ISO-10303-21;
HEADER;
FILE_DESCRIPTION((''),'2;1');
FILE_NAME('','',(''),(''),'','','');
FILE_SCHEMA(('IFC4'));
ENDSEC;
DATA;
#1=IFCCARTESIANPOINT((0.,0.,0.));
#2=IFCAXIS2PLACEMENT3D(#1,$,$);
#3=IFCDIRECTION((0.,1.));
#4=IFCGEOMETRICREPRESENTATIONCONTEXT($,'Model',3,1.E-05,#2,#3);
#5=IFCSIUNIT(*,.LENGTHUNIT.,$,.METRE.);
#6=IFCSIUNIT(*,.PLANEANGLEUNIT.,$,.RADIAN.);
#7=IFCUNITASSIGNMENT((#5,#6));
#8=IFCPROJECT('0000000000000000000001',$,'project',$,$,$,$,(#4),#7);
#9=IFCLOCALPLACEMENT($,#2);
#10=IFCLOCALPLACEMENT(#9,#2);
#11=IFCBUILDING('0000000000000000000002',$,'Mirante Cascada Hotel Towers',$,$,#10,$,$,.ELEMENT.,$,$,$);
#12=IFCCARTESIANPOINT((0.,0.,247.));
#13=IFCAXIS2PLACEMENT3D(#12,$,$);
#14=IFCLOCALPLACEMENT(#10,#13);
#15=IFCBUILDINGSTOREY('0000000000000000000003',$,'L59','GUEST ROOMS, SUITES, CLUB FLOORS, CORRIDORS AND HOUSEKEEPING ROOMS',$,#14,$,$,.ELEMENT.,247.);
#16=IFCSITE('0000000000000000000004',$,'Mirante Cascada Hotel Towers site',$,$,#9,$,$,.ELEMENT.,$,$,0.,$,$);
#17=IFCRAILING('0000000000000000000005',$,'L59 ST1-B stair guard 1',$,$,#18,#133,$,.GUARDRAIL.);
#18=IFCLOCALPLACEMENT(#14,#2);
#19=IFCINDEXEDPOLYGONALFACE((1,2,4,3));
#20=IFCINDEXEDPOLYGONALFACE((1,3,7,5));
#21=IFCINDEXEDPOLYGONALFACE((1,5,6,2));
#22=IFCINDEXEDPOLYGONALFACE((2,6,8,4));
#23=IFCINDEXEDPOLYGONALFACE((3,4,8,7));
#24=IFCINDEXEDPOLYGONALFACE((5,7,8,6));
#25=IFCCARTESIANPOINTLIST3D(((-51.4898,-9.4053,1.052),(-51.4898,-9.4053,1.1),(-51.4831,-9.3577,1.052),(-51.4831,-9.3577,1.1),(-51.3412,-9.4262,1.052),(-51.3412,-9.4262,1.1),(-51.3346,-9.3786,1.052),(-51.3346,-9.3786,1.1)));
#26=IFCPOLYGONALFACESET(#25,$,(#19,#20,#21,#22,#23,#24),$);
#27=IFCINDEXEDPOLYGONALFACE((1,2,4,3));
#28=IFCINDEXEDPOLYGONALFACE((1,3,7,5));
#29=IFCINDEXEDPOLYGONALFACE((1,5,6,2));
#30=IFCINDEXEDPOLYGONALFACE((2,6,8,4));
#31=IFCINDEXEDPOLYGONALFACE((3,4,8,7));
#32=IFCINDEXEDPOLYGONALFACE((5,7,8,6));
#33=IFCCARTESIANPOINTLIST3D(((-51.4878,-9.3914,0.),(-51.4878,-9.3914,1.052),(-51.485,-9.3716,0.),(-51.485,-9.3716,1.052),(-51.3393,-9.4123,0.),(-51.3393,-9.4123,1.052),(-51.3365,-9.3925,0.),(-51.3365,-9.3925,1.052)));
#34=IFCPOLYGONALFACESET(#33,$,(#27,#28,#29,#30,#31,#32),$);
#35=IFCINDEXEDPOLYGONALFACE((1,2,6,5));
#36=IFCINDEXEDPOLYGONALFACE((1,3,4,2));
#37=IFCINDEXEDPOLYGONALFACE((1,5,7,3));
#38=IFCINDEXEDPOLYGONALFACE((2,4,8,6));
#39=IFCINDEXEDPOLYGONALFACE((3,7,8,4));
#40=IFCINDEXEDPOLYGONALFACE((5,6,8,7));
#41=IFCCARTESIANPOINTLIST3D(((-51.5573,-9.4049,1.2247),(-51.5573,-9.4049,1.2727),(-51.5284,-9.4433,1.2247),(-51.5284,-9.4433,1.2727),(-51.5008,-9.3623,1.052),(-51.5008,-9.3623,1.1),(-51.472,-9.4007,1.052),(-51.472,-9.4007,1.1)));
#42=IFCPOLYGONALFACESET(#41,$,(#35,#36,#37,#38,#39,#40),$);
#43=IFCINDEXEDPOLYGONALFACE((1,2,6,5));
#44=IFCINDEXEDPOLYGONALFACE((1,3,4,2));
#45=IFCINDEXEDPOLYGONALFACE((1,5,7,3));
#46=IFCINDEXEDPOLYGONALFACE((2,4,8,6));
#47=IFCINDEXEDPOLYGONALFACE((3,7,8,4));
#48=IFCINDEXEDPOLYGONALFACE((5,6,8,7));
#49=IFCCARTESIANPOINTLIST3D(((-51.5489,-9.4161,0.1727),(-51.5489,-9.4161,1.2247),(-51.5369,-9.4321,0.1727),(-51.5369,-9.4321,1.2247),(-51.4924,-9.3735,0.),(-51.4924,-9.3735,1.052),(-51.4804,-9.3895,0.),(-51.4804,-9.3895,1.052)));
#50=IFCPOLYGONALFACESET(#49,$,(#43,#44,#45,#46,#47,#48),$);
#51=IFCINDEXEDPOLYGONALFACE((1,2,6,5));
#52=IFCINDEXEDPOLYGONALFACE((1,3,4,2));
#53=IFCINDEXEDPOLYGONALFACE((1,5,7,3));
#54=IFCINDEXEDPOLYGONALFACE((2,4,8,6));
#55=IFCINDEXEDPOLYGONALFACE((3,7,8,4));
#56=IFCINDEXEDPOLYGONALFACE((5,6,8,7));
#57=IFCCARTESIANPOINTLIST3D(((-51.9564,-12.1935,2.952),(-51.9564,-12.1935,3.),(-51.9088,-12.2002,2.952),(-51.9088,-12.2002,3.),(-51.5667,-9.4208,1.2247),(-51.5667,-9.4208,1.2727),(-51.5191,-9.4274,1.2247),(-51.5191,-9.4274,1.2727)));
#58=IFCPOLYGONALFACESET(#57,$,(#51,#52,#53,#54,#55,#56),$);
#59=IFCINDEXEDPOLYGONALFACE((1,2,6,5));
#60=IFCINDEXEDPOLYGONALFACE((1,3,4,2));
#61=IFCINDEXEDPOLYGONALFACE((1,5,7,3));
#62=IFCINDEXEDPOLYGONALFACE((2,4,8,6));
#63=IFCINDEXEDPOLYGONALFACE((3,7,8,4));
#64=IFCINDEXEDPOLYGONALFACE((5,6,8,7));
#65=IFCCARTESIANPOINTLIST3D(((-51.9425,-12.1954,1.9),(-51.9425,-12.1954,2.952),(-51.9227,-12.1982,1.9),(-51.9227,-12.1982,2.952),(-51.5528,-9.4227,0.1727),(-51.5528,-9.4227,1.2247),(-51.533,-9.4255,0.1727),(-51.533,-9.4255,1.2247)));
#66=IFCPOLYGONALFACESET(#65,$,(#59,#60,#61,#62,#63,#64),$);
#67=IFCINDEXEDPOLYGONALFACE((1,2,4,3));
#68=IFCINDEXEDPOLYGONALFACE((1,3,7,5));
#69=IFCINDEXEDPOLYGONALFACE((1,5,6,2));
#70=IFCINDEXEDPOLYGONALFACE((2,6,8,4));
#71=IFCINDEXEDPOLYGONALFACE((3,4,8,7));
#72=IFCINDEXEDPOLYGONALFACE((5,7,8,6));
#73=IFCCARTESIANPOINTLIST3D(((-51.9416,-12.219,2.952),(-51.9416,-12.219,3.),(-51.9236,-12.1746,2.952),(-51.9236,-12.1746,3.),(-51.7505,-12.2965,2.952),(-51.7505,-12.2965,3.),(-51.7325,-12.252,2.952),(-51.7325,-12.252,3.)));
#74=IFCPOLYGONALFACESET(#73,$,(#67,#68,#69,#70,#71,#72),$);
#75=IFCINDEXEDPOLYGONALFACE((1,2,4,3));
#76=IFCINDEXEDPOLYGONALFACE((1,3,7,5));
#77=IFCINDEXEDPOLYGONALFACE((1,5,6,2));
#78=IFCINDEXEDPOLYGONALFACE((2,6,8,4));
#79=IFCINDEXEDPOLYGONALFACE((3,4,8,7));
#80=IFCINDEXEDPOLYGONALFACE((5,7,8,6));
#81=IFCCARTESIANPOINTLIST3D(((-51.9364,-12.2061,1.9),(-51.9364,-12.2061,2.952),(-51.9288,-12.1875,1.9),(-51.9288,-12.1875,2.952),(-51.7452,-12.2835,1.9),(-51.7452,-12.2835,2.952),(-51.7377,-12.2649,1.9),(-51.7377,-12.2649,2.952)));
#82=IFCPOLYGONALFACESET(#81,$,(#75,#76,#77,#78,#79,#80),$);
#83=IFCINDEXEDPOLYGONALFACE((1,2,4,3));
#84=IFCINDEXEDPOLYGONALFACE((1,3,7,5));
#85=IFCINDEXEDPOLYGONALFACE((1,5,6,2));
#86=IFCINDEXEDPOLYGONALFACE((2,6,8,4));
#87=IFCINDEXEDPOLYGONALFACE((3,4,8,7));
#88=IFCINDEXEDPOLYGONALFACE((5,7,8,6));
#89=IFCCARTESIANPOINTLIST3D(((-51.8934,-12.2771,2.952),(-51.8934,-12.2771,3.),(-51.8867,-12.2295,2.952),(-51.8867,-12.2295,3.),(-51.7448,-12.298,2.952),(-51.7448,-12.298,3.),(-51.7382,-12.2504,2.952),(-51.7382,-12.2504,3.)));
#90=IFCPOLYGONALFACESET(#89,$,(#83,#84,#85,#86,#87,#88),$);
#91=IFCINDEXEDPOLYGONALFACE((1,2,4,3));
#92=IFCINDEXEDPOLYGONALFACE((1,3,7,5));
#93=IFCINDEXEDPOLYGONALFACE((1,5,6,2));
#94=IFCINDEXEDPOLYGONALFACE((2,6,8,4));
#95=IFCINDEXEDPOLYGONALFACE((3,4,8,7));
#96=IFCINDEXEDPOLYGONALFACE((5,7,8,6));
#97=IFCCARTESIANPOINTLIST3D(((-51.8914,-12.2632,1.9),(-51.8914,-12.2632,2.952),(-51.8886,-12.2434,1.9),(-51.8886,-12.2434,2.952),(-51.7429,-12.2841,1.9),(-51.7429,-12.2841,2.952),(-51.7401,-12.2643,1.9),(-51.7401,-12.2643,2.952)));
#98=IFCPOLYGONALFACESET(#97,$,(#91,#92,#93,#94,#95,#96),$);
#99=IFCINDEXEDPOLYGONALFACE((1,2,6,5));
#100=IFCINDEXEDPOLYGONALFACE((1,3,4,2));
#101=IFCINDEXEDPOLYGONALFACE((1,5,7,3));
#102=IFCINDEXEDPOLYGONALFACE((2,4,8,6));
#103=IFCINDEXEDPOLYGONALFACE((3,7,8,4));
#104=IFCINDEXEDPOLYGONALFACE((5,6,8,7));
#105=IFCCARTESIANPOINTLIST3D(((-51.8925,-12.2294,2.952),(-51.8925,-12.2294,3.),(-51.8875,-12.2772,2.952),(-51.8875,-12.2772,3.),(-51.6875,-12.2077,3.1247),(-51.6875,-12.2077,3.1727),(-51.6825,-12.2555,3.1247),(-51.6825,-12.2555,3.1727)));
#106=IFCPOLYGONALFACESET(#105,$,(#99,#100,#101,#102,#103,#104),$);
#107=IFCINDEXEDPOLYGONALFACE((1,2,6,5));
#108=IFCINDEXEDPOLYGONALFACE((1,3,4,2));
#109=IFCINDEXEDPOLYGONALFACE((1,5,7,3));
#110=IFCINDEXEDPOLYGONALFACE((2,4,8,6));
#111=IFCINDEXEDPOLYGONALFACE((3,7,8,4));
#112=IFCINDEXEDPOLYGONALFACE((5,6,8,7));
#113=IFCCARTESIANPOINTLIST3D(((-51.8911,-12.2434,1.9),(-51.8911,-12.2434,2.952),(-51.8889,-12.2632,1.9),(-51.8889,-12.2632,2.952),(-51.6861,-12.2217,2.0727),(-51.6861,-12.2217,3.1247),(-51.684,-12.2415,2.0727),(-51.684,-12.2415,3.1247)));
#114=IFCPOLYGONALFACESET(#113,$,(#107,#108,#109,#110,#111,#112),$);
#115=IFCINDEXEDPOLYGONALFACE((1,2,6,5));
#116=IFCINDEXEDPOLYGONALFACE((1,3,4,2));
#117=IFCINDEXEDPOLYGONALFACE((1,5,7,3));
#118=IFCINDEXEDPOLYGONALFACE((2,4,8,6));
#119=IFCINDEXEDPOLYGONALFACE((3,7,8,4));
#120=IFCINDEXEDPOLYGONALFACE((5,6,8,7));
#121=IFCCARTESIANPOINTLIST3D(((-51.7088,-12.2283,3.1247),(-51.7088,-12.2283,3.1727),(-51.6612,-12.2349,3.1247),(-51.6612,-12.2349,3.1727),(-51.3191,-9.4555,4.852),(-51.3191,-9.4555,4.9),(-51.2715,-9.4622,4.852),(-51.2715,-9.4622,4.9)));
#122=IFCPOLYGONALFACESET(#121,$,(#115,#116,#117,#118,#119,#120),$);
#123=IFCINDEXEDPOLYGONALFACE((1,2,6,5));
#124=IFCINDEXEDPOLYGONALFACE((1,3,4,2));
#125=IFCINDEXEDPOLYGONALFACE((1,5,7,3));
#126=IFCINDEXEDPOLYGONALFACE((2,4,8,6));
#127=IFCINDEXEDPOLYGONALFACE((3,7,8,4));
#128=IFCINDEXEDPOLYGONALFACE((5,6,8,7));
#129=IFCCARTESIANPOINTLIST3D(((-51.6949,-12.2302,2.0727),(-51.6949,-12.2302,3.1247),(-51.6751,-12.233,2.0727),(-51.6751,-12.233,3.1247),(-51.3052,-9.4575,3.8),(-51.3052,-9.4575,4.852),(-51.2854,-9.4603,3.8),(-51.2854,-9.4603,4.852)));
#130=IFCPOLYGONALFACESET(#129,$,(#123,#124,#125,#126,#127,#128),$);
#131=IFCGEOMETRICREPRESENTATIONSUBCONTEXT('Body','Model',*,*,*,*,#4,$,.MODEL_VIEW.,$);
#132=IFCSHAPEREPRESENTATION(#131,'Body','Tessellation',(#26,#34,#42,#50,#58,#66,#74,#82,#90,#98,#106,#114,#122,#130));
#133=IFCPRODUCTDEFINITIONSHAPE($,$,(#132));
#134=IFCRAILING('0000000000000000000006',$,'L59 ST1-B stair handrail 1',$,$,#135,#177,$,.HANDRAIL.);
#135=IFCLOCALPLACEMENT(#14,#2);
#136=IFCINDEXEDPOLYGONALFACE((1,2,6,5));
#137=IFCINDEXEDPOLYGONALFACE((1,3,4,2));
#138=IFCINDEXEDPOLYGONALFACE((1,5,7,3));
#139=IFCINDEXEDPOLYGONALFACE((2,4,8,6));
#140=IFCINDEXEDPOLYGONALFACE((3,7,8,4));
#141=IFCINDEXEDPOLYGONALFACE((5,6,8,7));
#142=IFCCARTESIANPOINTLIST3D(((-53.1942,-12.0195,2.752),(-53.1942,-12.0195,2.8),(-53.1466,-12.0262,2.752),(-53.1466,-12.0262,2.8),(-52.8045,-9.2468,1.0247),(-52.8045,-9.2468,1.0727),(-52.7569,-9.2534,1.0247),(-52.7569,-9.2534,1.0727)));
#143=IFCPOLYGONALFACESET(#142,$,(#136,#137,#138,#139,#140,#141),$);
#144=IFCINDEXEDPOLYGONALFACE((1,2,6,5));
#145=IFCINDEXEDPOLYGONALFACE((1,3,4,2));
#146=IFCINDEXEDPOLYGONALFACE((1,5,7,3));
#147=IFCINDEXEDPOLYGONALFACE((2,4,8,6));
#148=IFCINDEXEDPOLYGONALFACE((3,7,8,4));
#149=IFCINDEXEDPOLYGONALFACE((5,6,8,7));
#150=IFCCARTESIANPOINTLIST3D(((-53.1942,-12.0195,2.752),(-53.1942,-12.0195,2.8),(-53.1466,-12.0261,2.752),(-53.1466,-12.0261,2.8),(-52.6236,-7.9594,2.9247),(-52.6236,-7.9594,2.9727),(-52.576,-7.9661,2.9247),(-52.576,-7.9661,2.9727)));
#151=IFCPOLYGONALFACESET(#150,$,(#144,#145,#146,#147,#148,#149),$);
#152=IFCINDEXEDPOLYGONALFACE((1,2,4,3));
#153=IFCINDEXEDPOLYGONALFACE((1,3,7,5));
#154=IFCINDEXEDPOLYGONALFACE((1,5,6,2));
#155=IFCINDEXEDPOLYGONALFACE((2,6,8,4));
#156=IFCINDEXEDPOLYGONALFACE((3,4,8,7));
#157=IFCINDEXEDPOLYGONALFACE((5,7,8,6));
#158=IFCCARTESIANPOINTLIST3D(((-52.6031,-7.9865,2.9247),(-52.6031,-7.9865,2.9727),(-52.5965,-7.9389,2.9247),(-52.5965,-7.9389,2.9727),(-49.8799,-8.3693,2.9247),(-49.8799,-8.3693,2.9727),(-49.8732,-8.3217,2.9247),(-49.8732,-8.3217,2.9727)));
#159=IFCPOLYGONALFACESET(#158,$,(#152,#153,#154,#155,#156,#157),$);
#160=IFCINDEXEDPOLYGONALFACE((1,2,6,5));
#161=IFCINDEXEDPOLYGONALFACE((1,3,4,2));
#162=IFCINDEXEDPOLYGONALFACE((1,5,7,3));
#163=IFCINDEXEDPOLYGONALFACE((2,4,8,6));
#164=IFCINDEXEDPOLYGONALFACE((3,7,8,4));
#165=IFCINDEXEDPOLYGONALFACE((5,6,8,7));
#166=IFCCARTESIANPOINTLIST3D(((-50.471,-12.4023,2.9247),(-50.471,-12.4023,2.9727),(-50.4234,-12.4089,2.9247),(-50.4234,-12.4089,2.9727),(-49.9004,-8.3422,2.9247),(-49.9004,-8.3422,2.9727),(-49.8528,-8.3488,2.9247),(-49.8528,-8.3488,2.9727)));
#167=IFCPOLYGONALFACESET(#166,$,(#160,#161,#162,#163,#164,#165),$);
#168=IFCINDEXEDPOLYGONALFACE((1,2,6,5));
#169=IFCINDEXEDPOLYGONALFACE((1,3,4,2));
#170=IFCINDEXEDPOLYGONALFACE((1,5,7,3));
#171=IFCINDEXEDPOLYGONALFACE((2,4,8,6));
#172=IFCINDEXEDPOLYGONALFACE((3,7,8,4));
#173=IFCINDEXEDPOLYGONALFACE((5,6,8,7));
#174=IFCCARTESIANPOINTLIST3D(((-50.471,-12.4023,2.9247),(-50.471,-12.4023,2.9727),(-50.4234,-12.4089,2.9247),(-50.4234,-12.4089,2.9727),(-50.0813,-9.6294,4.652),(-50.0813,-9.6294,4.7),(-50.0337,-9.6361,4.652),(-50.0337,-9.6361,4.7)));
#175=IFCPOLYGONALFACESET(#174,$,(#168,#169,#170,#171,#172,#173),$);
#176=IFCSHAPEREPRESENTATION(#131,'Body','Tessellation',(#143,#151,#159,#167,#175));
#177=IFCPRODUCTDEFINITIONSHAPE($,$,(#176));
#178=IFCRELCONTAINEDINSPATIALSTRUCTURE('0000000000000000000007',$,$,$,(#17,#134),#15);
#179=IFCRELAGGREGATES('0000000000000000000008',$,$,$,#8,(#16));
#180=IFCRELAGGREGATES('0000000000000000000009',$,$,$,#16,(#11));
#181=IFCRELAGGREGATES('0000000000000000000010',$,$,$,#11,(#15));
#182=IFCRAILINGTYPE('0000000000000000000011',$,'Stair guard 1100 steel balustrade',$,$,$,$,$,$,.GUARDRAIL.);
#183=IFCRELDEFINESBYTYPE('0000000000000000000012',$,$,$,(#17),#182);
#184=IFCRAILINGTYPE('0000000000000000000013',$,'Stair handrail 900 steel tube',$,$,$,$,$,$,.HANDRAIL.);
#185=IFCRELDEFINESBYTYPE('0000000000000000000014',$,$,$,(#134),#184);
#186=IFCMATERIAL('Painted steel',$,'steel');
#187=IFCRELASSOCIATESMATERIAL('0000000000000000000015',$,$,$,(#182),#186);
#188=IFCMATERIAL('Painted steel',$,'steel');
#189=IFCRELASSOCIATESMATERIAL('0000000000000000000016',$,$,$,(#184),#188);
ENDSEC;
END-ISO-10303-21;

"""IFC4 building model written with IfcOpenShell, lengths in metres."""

from ifc_helpers import new_model, si_unit, direction, frame, origin, origin_2d, place, context, subcontext, project, spatial, rectangle, extrude, material, type_object, element, save


model = new_model("IFC4")

# Units and contexts
model_context = context("Model", 3, precision=1e-05, world=origin(), true_north=direction((0.0, 1.0)))
body_context = subcontext(model_context, "Body", "Model", "MODEL_VIEW")
ifc_project = project(units=[si_unit("LENGTHUNIT", "METRE"), si_unit("PLANEANGLEUNIT", "RADIAN")], contexts=[model_context])

# Site, building, storey
site_placement = place(None, origin())
site = spatial("IfcSite", under=ifc_project, at=site_placement, Name="Mirante Cascada Hotel Towers site", CompositionType="ELEMENT", RefElevation=0.0)
building_placement = place(site_placement, origin())
building = spatial("IfcBuilding", under=site, at=building_placement, Name="Mirante Cascada Hotel Towers", CompositionType="ELEMENT")
storey_placement = place(building_placement, frame((0.0, 0.0, 247.0)))
storey = spatial("IfcBuildingStorey", under=building, at=storey_placement, Name="L59", Description="GUEST ROOMS, SUITES, CLUB FLOORS, CORRIDORS AND HOUSEKEEPING ROOMS", CompositionType="ELEMENT", Elevation=247.0)

# Railings
ifc_material_1 = material(Name="Painted steel", Category="steel")
railing_type_1 = type_object("IfcRailingType", Name="Stair guard 1100 steel balustrade", PredefinedType="GUARDRAIL", material=ifc_material_1)
railing_1_placement = place(storey_placement, frame((-51.3379, -9.4024, 0.0)))
element("IfcRailing", 1, at=railing_1_placement, inside=storey, type_object=railing_type_1, Name="L59 ST1-B stair guard 1", PredefinedType="GUARDRAIL", context=body_context, shape_type="SweptSolid", body=[
    extrude(rectangle(XDim=0.048, YDim=0.048, at=origin_2d()), frame((0.0, 0.0, 1.076), z_axis=(-0.990241, 0.139367, 0.0), x_axis=(-0.139367, -0.990241, 0.0)), (0.0, 0.0, 1.0), 0.15),
    extrude(rectangle(XDim=0.02, YDim=1.052, at=origin_2d()), frame((0.0, 0.0, 0.526), z_axis=(-0.990241, 0.139367, 0.0), x_axis=(-0.139367, -0.990241, 0.0)), (0.0, 0.0, 1.0), 0.15),
    extrude(rectangle(XDim=0.048, YDim=0.048, at=origin_2d()), frame((-0.1485, 0.0209, 1.076), z_axis=(-0.798471, -0.602033, 0.0), x_axis=(0.602033, -0.798471, 0.0)), (0.0, 0.92534, 0.379139), 0.1866),
    extrude(rectangle(XDim=0.02, YDim=1.052, at=origin_2d()), frame((-0.1485, 0.0209, 0.526), z_axis=(-0.798471, -0.602033, 0.0), x_axis=(0.602033, -0.798471, 0.0)), (0.0, 0.92534, 0.379139), 0.1866),
    extrude(rectangle(XDim=0.048, YDim=0.048, at=origin_2d()), frame((-0.205, -0.0217, 1.2487), z_axis=(-0.139181, -0.990267, 0.0), x_axis=(0.990267, -0.139181, 0.0)), (0.0, 0.525035, 0.851081), 3.2899),
    extrude(rectangle(XDim=0.02, YDim=1.052, at=origin_2d()), frame((-0.205, -0.0217, 0.6987), z_axis=(-0.139181, -0.990267, 0.0), x_axis=(0.990267, -0.139181, 0.0)), (0.0, 0.525035, 0.851081), 3.2899),
    extrude(rectangle(XDim=0.048, YDim=0.048, at=origin_2d()), frame((-0.5947, -2.7944, 2.976), z_axis=(0.926862, -0.375401, 0.0), x_axis=(0.375401, 0.926862, 0.0)), (0.0, 0.0, 1.0), 0.2062),
    extrude(rectangle(XDim=0.02, YDim=1.052, at=origin_2d()), frame((-0.5947, -2.7944, 2.426), z_axis=(0.926862, -0.375401, 0.0), x_axis=(0.375401, 0.926862, 0.0)), (0.0, 0.0, 1.0), 0.2062),
    extrude(rectangle(XDim=0.048, YDim=0.048, at=origin_2d()), frame((-0.4036, -2.8718, 2.976), z_axis=(-0.990241, 0.139367, 0.0), x_axis=(-0.139367, -0.990241, 0.0)), (0.0, 0.0, 1.0), 0.15),
    extrude(rectangle(XDim=0.02, YDim=1.052, at=origin_2d()), frame((-0.4036, -2.8718, 2.426), z_axis=(-0.990241, 0.139367, 0.0), x_axis=(-0.139367, -0.990241, 0.0)), (0.0, 0.0, 1.0), 0.15),
    extrude(rectangle(XDim=0.048, YDim=0.048, at=origin_2d()), frame((-0.5521, -2.8509, 2.976), z_axis=(0.994444, 0.105266, 0.0), x_axis=(-0.105266, 0.994444, 0.0)), (0.0, 0.642184, 0.76655), 0.2689),
    extrude(rectangle(XDim=0.02, YDim=1.052, at=origin_2d()), frame((-0.5521, -2.8509, 2.426), z_axis=(0.994444, 0.105266, 0.0), x_axis=(-0.105266, 0.994444, 0.0)), (0.0, 0.642184, 0.76655), 0.2689),
    extrude(rectangle(XDim=0.048, YDim=0.048, at=origin_2d()), frame((-0.3471, -2.8292, 3.1487), z_axis=(0.139181, 0.990267, 0.0), x_axis=(-0.990267, 0.139181, 0.0)), (0.0, 0.525035, 0.851081), 3.2899),
    extrude(rectangle(XDim=0.02, YDim=1.052, at=origin_2d()), frame((-0.3471, -2.8292, 2.5987), z_axis=(0.139181, 0.990267, 0.0), x_axis=(-0.990267, 0.139181, 0.0)), (0.0, 0.525035, 0.851081), 3.2899),
])
ifc_material_2 = material(Name="Painted steel", Category="steel")
railing_type_2 = type_object("IfcRailingType", Name="Stair handrail 900 steel tube", PredefinedType="HANDRAIL", material=ifc_material_2)
railing_2_placement = place(storey_placement, frame((-52.7807, -9.2501, 0.1727)))
element("IfcRailing", 2, at=railing_2_placement, inside=storey, type_object=railing_type_2, Name="L59 ST1-B stair handrail 1", PredefinedType="HANDRAIL", context=body_context, shape_type="SweptSolid", body=[
    extrude(rectangle(XDim=0.048, YDim=0.048, at=origin_2d()), frame((0.0, 0.0, 0.876), z_axis=(-0.139181, -0.990267, 0.0), x_axis=(0.990267, -0.139181, 0.0)), (0.0, 0.525035, 0.851081), 3.2899),
    extrude(rectangle(XDim=0.048, YDim=0.048, at=origin_2d()), frame((-0.3897, -2.7727, 2.6033), z_axis=(0.139171, 0.990268, 0.0), x_axis=(-0.990268, 0.139171, 0.0)), (0.0, 0.042085, 0.999114), 4.1036),
    extrude(rectangle(XDim=0.048, YDim=0.048, at=origin_2d()), frame((0.1809, 1.2874, 2.776), z_axis=(0.990264, -0.139201, 0.0), x_axis=(0.139201, 0.990264, 0.0)), (0.0, 0.0, 1.0), 2.75),
    extrude(rectangle(XDim=0.048, YDim=0.048, at=origin_2d()), frame((2.9041, 0.9046, 2.776), z_axis=(-0.139171, -0.990268, 0.0), x_axis=(0.990268, -0.139171, 0.0)), (0.0, 0.0, 1.0), 4.1),
    extrude(rectangle(XDim=0.048, YDim=0.048, at=origin_2d()), frame((2.3335, -3.1555, 2.776), z_axis=(0.139176, 0.990268, 0.0), x_axis=(-0.990268, 0.139176, 0.0)), (0.0, 0.525021, 0.851089), 3.29),
])

save(model, "model.ifc")
